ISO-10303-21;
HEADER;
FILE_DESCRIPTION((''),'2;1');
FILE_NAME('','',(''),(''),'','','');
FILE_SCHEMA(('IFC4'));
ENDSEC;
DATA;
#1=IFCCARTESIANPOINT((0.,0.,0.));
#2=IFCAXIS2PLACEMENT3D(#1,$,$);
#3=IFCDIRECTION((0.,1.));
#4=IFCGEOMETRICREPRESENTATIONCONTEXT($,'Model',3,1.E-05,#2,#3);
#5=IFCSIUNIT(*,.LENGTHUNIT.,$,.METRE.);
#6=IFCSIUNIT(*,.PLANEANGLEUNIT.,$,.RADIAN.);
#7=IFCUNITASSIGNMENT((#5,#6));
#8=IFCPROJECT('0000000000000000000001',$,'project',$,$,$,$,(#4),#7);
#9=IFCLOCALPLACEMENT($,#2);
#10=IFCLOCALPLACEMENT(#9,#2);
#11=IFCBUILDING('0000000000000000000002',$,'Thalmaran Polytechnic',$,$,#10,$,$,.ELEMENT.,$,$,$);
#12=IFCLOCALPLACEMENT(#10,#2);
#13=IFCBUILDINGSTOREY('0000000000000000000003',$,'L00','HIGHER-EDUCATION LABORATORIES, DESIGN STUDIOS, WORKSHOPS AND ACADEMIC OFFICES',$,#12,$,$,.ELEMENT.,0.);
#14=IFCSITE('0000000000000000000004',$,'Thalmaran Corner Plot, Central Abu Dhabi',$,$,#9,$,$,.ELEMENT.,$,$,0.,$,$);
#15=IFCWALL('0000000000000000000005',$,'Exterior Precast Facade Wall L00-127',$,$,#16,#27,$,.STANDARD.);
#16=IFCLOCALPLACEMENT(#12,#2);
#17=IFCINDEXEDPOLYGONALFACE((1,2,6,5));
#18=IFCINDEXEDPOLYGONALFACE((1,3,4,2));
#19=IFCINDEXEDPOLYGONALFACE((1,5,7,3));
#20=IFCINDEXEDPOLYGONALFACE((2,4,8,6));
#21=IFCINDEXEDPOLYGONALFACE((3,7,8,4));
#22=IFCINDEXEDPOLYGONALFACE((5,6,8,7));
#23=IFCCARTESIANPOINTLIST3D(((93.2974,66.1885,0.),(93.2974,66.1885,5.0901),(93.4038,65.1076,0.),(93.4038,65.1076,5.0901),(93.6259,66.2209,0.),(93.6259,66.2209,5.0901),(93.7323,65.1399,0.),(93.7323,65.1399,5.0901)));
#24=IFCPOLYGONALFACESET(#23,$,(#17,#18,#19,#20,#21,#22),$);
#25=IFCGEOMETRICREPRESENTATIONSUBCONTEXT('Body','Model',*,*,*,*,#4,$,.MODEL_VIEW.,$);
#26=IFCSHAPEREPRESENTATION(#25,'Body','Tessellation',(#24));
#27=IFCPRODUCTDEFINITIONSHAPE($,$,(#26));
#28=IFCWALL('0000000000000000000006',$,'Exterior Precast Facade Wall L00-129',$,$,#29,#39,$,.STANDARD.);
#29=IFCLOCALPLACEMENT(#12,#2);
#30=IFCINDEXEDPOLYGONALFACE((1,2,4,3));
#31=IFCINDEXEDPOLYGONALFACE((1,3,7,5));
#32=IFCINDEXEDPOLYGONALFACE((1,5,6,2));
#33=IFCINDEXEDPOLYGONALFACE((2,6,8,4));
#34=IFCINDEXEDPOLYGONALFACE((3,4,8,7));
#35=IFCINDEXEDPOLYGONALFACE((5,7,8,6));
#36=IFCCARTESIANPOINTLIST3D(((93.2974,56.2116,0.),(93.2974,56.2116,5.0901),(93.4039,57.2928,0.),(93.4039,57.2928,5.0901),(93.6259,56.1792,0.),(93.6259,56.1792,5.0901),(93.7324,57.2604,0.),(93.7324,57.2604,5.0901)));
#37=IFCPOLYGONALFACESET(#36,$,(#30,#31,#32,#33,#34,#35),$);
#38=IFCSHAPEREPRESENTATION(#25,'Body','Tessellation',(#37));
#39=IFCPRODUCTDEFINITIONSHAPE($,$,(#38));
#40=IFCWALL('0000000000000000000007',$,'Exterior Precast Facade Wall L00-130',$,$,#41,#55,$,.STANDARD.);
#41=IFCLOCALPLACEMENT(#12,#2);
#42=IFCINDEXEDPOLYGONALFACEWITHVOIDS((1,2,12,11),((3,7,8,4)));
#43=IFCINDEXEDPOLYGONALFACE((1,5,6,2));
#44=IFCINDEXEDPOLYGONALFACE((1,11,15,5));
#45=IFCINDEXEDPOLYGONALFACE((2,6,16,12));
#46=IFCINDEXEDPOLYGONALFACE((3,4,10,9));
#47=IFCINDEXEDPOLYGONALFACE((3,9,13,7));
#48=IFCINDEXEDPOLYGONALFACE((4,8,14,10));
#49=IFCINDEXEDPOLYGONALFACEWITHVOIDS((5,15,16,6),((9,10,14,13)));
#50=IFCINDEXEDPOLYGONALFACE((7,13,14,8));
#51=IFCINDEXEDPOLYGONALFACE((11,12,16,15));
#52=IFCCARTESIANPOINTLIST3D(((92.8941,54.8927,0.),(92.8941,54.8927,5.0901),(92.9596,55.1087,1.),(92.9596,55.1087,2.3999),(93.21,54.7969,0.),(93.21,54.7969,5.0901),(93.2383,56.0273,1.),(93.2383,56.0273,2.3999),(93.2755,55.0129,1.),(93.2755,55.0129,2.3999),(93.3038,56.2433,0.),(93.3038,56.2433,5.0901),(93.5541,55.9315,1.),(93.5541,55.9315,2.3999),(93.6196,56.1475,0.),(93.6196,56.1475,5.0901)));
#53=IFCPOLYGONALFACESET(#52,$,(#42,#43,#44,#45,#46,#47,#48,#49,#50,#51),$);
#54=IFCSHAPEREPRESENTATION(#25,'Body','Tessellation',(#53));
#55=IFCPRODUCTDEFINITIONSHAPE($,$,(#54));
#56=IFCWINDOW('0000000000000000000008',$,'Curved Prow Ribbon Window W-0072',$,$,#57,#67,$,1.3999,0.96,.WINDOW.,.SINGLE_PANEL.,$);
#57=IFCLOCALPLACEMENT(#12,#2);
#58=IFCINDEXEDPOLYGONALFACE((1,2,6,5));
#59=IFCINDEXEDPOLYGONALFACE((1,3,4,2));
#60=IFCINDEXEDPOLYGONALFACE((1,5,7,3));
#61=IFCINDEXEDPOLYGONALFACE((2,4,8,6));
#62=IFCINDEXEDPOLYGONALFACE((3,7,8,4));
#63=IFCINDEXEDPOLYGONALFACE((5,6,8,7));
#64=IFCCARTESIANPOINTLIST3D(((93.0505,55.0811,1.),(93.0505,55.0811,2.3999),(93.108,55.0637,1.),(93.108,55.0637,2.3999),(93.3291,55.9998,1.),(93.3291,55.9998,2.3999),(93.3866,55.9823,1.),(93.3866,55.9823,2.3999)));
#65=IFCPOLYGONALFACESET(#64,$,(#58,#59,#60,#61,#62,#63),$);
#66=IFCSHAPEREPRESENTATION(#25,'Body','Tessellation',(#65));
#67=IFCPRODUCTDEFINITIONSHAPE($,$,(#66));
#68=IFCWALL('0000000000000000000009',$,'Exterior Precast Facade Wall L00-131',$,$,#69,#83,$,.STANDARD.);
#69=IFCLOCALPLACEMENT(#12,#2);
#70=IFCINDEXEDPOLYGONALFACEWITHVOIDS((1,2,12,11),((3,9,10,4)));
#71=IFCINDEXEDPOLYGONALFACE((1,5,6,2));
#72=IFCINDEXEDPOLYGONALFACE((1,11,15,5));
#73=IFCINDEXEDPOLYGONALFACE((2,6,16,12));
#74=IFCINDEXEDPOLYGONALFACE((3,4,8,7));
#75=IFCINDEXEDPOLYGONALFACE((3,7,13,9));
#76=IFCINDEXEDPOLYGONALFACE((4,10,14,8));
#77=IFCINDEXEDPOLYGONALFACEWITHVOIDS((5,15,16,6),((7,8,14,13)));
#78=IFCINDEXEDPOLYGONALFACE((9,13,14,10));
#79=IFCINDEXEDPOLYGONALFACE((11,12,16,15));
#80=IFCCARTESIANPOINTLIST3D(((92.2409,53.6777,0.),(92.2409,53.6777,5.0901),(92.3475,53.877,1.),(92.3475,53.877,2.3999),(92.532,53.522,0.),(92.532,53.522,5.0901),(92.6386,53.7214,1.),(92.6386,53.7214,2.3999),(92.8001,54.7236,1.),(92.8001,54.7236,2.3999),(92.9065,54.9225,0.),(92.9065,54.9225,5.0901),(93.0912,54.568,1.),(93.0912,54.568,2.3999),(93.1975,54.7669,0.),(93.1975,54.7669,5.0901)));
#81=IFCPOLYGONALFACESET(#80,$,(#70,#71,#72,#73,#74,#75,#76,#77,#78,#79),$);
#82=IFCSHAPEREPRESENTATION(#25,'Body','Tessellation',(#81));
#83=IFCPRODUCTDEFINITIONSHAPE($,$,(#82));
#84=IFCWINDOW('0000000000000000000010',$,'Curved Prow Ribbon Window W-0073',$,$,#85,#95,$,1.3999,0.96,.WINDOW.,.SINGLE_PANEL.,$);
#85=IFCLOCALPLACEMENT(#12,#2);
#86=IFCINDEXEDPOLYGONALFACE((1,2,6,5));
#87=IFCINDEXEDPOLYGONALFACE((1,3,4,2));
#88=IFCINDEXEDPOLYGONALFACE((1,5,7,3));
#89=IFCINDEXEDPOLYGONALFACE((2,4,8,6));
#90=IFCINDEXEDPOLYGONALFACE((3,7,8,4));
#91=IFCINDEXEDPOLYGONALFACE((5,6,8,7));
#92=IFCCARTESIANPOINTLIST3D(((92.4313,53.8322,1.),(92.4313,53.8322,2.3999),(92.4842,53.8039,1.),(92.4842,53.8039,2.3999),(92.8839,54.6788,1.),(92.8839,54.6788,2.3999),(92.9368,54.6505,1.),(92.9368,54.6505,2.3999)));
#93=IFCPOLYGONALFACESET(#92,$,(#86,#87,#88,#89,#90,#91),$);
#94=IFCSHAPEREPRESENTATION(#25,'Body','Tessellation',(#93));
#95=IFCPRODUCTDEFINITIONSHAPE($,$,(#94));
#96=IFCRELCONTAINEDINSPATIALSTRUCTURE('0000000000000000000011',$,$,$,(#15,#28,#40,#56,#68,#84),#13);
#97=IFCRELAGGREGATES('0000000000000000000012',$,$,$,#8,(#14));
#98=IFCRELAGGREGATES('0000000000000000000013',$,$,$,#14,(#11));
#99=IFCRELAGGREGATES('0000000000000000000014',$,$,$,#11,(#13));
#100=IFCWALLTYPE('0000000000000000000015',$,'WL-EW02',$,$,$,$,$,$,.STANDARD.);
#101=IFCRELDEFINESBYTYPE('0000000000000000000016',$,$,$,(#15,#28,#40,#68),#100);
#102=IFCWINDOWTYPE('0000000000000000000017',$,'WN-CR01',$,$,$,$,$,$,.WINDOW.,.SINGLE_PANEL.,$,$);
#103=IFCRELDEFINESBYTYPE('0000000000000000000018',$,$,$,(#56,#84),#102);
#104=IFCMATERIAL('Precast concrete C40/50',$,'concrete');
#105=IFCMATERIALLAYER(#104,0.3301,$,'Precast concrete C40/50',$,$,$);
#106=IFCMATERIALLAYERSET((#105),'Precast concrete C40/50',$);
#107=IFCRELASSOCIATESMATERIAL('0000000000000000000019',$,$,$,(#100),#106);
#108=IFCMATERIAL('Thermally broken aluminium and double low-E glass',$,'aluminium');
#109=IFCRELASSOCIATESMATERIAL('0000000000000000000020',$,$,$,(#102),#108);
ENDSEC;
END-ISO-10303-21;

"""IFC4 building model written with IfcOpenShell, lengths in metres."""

from ifc_helpers import new_model, si_unit, direction, frame, frame_2d, origin, place, context, subcontext, project, spatial, rectangle, extrude, material, layer, layer_set, type_object, element, fill, save


model = new_model("IFC4")

# Units and contexts
model_context = context("Model", 3, precision=1e-05, world=origin(), true_north=direction((0.0, 1.0)))
body_context = subcontext(model_context, "Body", "Model", "MODEL_VIEW")
ifc_project = project(units=[si_unit("LENGTHUNIT", "METRE"), si_unit("PLANEANGLEUNIT", "RADIAN")], contexts=[model_context])

# Site, building, storey
site_placement = place(None, origin())
site = spatial("IfcSite", under=ifc_project, at=site_placement, Name="Thalmaran Corner Plot, Central Abu Dhabi", CompositionType="ELEMENT", RefElevation=0.0)
building_placement = place(site_placement, origin())
building = spatial("IfcBuilding", under=site, at=building_placement, Name="Thalmaran Polytechnic", CompositionType="ELEMENT")
storey_placement = place(building_placement, origin())
storey = spatial("IfcBuildingStorey", under=building, at=storey_placement, Name="L00", Description="HIGHER-EDUCATION LABORATORIES, DESIGN STUDIOS, WORKSHOPS AND ACADEMIC OFFICES", CompositionType="ELEMENT", Elevation=0.0)

# Shared definitions
ifc_material_1 = material(Name="Precast concrete C40/50", Category="concrete")
ifc_layer_1 = layer(ifc_material_1, 0.3301, Name="Precast concrete C40/50")
ifc_layer_set_1 = layer_set([ifc_layer_1], Name="Precast concrete C40/50")
wall_type = type_object("IfcWallType", Name="WL-EW02", PredefinedType="STANDARD", material=ifc_layer_set_1)
ifc_material_2 = material(Name="Thermally broken aluminium and double low-E glass", Category="aluminium")
window_type = type_object("IfcWindowType", Name="WN-CR01", PartitioningType="SINGLE_PANEL", PredefinedType="WINDOW", material=ifc_material_2)

# Walls
wall_1_placement = place(storey_placement, frame((93.4617, 66.2046, 0.0), z_axis=(0.0, 0.0, 1.0), x_axis=(0.09799, -0.995187, 0.0)))
element("IfcWall", 1, at=wall_1_placement, inside=storey, type_object=wall_type, Name="Exterior Precast Facade Wall L00-127", PredefinedType="STANDARD", context=body_context, shape_type="SweptSolid", body=[
    extrude(rectangle(XDim=1.0862, YDim=0.3301, at=frame_2d((0.543, 0.0))), origin(), (0.0, 0.0, 1.0), 5.0901),
])
wall_2_placement = place(storey_placement, frame((93.5681, 57.2766, 0.0), z_axis=(0.0, 0.0, 1.0), x_axis=(-0.097969, -0.99519, 0.0)))
element("IfcWall", 2, at=wall_2_placement, inside=storey, type_object=wall_type, Name="Exterior Precast Facade Wall L00-129", PredefinedType="STANDARD", context=body_context, shape_type="SweptSolid", body=[
    extrude(rectangle(XDim=1.0864, YDim=0.3301, at=frame_2d((0.5432, 0.0))), origin(), (0.0, 0.0, 1.0), 5.0901),
])

# Walls, openings, windows
wall_3_placement = place(storey_placement, frame((93.4617, 56.1953, 0.0), z_axis=(0.0, 0.0, 1.0), x_axis=(-0.290267, -0.956946, 0.0)))
wall_3 = element("IfcWall", 3, at=wall_3_placement, inside=storey, type_object=wall_type, Name="Exterior Precast Facade Wall L00-130", PredefinedType="STANDARD", context=body_context, shape_type="SweptSolid", body=[
    extrude(rectangle(XDim=1.4114, YDim=0.3301, at=frame_2d((0.7056, 0.0))), origin(), (0.0, 0.0, 1.0), 5.0901),
])
opening_1_placement = place(wall_3_placement, frame((0.2256, 0.0, 1.0)))
opening_1 = element("IfcOpeningElement", 4, at=opening_1_placement, cuts=wall_3, PredefinedType="OPENING", context=body_context, shape_type="SweptSolid", body=[
    extrude(rectangle(XDim=0.96, YDim=1.3999, at=frame_2d((0.48, 0.7))), frame((0.0, 0.175, 0.0), z_axis=(0.0, -1.0, 0.0), x_axis=(1.0, 0.0, 0.0)), (0.0, 0.0, 1.0), 0.3501),
])
window_1_placement = place(opening_1_placement, origin())
window_1 = element("IfcWindow", 5, at=window_1_placement, inside=storey, type_object=window_type, Name="Curved Prow Ribbon Window W-0072", OverallHeight=1.3999, OverallWidth=0.96, PartitioningType="SINGLE_PANEL", PredefinedType="WINDOW", context=body_context, shape_type="SweptSolid", body=[
    extrude(rectangle(XDim=0.96, YDim=1.3999, at=frame_2d((0.48, 0.7))), frame((0.0, -0.01, 0.0), z_axis=(0.0, -1.0, 0.0), x_axis=(1.0, 0.0, 0.0)), (0.0, 0.0, 1.0), 0.0601),
])
fill(opening_1, window_1)
wall_4_placement = place(storey_placement, frame((93.052, 54.8447, 0.0), z_axis=(0.0, 0.0, 1.0), x_axis=(-0.471468, -0.881883, 0.0)))
wall_4 = element("IfcWall", 6, at=wall_4_placement, inside=storey, type_object=wall_type, Name="Exterior Precast Facade Wall L00-131", PredefinedType="STANDARD", context=body_context, shape_type="SweptSolid", body=[
    extrude(rectangle(XDim=1.4116, YDim=0.3301, at=frame_2d((0.7058, 0.0))), origin(), (0.0, 0.0, 1.0), 5.0901),
])
opening_2_placement = place(wall_4_placement, frame((0.2256, 0.0, 1.0)))
opening_2 = element("IfcOpeningElement", 7, at=opening_2_placement, cuts=wall_4, PredefinedType="OPENING", context=body_context, shape_type="SweptSolid", body=[
    extrude(rectangle(XDim=0.96, YDim=1.3999, at=frame_2d((0.48, 0.7))), frame((0.0, 0.175, 0.0), z_axis=(0.0, -1.0, 0.0), x_axis=(1.0, 0.0, 0.0)), (0.0, 0.0, 1.0), 0.3501),
])
window_2_placement = place(opening_2_placement, origin())
window_2 = element("IfcWindow", 8, at=window_2_placement, inside=storey, type_object=window_type, Name="Curved Prow Ribbon Window W-0073", OverallHeight=1.3999, OverallWidth=0.96, PartitioningType="SINGLE_PANEL", PredefinedType="WINDOW", context=body_context, shape_type="SweptSolid", body=[
    extrude(rectangle(XDim=0.96, YDim=1.3999, at=frame_2d((0.48, 0.7))), frame((0.0, -0.01, 0.0), z_axis=(0.0, -1.0, 0.0), x_axis=(1.0, 0.0, 0.0)), (0.0, 0.0, 1.0), 0.0601),
])
fill(opening_2, window_2)

save(model, "model.ifc")
